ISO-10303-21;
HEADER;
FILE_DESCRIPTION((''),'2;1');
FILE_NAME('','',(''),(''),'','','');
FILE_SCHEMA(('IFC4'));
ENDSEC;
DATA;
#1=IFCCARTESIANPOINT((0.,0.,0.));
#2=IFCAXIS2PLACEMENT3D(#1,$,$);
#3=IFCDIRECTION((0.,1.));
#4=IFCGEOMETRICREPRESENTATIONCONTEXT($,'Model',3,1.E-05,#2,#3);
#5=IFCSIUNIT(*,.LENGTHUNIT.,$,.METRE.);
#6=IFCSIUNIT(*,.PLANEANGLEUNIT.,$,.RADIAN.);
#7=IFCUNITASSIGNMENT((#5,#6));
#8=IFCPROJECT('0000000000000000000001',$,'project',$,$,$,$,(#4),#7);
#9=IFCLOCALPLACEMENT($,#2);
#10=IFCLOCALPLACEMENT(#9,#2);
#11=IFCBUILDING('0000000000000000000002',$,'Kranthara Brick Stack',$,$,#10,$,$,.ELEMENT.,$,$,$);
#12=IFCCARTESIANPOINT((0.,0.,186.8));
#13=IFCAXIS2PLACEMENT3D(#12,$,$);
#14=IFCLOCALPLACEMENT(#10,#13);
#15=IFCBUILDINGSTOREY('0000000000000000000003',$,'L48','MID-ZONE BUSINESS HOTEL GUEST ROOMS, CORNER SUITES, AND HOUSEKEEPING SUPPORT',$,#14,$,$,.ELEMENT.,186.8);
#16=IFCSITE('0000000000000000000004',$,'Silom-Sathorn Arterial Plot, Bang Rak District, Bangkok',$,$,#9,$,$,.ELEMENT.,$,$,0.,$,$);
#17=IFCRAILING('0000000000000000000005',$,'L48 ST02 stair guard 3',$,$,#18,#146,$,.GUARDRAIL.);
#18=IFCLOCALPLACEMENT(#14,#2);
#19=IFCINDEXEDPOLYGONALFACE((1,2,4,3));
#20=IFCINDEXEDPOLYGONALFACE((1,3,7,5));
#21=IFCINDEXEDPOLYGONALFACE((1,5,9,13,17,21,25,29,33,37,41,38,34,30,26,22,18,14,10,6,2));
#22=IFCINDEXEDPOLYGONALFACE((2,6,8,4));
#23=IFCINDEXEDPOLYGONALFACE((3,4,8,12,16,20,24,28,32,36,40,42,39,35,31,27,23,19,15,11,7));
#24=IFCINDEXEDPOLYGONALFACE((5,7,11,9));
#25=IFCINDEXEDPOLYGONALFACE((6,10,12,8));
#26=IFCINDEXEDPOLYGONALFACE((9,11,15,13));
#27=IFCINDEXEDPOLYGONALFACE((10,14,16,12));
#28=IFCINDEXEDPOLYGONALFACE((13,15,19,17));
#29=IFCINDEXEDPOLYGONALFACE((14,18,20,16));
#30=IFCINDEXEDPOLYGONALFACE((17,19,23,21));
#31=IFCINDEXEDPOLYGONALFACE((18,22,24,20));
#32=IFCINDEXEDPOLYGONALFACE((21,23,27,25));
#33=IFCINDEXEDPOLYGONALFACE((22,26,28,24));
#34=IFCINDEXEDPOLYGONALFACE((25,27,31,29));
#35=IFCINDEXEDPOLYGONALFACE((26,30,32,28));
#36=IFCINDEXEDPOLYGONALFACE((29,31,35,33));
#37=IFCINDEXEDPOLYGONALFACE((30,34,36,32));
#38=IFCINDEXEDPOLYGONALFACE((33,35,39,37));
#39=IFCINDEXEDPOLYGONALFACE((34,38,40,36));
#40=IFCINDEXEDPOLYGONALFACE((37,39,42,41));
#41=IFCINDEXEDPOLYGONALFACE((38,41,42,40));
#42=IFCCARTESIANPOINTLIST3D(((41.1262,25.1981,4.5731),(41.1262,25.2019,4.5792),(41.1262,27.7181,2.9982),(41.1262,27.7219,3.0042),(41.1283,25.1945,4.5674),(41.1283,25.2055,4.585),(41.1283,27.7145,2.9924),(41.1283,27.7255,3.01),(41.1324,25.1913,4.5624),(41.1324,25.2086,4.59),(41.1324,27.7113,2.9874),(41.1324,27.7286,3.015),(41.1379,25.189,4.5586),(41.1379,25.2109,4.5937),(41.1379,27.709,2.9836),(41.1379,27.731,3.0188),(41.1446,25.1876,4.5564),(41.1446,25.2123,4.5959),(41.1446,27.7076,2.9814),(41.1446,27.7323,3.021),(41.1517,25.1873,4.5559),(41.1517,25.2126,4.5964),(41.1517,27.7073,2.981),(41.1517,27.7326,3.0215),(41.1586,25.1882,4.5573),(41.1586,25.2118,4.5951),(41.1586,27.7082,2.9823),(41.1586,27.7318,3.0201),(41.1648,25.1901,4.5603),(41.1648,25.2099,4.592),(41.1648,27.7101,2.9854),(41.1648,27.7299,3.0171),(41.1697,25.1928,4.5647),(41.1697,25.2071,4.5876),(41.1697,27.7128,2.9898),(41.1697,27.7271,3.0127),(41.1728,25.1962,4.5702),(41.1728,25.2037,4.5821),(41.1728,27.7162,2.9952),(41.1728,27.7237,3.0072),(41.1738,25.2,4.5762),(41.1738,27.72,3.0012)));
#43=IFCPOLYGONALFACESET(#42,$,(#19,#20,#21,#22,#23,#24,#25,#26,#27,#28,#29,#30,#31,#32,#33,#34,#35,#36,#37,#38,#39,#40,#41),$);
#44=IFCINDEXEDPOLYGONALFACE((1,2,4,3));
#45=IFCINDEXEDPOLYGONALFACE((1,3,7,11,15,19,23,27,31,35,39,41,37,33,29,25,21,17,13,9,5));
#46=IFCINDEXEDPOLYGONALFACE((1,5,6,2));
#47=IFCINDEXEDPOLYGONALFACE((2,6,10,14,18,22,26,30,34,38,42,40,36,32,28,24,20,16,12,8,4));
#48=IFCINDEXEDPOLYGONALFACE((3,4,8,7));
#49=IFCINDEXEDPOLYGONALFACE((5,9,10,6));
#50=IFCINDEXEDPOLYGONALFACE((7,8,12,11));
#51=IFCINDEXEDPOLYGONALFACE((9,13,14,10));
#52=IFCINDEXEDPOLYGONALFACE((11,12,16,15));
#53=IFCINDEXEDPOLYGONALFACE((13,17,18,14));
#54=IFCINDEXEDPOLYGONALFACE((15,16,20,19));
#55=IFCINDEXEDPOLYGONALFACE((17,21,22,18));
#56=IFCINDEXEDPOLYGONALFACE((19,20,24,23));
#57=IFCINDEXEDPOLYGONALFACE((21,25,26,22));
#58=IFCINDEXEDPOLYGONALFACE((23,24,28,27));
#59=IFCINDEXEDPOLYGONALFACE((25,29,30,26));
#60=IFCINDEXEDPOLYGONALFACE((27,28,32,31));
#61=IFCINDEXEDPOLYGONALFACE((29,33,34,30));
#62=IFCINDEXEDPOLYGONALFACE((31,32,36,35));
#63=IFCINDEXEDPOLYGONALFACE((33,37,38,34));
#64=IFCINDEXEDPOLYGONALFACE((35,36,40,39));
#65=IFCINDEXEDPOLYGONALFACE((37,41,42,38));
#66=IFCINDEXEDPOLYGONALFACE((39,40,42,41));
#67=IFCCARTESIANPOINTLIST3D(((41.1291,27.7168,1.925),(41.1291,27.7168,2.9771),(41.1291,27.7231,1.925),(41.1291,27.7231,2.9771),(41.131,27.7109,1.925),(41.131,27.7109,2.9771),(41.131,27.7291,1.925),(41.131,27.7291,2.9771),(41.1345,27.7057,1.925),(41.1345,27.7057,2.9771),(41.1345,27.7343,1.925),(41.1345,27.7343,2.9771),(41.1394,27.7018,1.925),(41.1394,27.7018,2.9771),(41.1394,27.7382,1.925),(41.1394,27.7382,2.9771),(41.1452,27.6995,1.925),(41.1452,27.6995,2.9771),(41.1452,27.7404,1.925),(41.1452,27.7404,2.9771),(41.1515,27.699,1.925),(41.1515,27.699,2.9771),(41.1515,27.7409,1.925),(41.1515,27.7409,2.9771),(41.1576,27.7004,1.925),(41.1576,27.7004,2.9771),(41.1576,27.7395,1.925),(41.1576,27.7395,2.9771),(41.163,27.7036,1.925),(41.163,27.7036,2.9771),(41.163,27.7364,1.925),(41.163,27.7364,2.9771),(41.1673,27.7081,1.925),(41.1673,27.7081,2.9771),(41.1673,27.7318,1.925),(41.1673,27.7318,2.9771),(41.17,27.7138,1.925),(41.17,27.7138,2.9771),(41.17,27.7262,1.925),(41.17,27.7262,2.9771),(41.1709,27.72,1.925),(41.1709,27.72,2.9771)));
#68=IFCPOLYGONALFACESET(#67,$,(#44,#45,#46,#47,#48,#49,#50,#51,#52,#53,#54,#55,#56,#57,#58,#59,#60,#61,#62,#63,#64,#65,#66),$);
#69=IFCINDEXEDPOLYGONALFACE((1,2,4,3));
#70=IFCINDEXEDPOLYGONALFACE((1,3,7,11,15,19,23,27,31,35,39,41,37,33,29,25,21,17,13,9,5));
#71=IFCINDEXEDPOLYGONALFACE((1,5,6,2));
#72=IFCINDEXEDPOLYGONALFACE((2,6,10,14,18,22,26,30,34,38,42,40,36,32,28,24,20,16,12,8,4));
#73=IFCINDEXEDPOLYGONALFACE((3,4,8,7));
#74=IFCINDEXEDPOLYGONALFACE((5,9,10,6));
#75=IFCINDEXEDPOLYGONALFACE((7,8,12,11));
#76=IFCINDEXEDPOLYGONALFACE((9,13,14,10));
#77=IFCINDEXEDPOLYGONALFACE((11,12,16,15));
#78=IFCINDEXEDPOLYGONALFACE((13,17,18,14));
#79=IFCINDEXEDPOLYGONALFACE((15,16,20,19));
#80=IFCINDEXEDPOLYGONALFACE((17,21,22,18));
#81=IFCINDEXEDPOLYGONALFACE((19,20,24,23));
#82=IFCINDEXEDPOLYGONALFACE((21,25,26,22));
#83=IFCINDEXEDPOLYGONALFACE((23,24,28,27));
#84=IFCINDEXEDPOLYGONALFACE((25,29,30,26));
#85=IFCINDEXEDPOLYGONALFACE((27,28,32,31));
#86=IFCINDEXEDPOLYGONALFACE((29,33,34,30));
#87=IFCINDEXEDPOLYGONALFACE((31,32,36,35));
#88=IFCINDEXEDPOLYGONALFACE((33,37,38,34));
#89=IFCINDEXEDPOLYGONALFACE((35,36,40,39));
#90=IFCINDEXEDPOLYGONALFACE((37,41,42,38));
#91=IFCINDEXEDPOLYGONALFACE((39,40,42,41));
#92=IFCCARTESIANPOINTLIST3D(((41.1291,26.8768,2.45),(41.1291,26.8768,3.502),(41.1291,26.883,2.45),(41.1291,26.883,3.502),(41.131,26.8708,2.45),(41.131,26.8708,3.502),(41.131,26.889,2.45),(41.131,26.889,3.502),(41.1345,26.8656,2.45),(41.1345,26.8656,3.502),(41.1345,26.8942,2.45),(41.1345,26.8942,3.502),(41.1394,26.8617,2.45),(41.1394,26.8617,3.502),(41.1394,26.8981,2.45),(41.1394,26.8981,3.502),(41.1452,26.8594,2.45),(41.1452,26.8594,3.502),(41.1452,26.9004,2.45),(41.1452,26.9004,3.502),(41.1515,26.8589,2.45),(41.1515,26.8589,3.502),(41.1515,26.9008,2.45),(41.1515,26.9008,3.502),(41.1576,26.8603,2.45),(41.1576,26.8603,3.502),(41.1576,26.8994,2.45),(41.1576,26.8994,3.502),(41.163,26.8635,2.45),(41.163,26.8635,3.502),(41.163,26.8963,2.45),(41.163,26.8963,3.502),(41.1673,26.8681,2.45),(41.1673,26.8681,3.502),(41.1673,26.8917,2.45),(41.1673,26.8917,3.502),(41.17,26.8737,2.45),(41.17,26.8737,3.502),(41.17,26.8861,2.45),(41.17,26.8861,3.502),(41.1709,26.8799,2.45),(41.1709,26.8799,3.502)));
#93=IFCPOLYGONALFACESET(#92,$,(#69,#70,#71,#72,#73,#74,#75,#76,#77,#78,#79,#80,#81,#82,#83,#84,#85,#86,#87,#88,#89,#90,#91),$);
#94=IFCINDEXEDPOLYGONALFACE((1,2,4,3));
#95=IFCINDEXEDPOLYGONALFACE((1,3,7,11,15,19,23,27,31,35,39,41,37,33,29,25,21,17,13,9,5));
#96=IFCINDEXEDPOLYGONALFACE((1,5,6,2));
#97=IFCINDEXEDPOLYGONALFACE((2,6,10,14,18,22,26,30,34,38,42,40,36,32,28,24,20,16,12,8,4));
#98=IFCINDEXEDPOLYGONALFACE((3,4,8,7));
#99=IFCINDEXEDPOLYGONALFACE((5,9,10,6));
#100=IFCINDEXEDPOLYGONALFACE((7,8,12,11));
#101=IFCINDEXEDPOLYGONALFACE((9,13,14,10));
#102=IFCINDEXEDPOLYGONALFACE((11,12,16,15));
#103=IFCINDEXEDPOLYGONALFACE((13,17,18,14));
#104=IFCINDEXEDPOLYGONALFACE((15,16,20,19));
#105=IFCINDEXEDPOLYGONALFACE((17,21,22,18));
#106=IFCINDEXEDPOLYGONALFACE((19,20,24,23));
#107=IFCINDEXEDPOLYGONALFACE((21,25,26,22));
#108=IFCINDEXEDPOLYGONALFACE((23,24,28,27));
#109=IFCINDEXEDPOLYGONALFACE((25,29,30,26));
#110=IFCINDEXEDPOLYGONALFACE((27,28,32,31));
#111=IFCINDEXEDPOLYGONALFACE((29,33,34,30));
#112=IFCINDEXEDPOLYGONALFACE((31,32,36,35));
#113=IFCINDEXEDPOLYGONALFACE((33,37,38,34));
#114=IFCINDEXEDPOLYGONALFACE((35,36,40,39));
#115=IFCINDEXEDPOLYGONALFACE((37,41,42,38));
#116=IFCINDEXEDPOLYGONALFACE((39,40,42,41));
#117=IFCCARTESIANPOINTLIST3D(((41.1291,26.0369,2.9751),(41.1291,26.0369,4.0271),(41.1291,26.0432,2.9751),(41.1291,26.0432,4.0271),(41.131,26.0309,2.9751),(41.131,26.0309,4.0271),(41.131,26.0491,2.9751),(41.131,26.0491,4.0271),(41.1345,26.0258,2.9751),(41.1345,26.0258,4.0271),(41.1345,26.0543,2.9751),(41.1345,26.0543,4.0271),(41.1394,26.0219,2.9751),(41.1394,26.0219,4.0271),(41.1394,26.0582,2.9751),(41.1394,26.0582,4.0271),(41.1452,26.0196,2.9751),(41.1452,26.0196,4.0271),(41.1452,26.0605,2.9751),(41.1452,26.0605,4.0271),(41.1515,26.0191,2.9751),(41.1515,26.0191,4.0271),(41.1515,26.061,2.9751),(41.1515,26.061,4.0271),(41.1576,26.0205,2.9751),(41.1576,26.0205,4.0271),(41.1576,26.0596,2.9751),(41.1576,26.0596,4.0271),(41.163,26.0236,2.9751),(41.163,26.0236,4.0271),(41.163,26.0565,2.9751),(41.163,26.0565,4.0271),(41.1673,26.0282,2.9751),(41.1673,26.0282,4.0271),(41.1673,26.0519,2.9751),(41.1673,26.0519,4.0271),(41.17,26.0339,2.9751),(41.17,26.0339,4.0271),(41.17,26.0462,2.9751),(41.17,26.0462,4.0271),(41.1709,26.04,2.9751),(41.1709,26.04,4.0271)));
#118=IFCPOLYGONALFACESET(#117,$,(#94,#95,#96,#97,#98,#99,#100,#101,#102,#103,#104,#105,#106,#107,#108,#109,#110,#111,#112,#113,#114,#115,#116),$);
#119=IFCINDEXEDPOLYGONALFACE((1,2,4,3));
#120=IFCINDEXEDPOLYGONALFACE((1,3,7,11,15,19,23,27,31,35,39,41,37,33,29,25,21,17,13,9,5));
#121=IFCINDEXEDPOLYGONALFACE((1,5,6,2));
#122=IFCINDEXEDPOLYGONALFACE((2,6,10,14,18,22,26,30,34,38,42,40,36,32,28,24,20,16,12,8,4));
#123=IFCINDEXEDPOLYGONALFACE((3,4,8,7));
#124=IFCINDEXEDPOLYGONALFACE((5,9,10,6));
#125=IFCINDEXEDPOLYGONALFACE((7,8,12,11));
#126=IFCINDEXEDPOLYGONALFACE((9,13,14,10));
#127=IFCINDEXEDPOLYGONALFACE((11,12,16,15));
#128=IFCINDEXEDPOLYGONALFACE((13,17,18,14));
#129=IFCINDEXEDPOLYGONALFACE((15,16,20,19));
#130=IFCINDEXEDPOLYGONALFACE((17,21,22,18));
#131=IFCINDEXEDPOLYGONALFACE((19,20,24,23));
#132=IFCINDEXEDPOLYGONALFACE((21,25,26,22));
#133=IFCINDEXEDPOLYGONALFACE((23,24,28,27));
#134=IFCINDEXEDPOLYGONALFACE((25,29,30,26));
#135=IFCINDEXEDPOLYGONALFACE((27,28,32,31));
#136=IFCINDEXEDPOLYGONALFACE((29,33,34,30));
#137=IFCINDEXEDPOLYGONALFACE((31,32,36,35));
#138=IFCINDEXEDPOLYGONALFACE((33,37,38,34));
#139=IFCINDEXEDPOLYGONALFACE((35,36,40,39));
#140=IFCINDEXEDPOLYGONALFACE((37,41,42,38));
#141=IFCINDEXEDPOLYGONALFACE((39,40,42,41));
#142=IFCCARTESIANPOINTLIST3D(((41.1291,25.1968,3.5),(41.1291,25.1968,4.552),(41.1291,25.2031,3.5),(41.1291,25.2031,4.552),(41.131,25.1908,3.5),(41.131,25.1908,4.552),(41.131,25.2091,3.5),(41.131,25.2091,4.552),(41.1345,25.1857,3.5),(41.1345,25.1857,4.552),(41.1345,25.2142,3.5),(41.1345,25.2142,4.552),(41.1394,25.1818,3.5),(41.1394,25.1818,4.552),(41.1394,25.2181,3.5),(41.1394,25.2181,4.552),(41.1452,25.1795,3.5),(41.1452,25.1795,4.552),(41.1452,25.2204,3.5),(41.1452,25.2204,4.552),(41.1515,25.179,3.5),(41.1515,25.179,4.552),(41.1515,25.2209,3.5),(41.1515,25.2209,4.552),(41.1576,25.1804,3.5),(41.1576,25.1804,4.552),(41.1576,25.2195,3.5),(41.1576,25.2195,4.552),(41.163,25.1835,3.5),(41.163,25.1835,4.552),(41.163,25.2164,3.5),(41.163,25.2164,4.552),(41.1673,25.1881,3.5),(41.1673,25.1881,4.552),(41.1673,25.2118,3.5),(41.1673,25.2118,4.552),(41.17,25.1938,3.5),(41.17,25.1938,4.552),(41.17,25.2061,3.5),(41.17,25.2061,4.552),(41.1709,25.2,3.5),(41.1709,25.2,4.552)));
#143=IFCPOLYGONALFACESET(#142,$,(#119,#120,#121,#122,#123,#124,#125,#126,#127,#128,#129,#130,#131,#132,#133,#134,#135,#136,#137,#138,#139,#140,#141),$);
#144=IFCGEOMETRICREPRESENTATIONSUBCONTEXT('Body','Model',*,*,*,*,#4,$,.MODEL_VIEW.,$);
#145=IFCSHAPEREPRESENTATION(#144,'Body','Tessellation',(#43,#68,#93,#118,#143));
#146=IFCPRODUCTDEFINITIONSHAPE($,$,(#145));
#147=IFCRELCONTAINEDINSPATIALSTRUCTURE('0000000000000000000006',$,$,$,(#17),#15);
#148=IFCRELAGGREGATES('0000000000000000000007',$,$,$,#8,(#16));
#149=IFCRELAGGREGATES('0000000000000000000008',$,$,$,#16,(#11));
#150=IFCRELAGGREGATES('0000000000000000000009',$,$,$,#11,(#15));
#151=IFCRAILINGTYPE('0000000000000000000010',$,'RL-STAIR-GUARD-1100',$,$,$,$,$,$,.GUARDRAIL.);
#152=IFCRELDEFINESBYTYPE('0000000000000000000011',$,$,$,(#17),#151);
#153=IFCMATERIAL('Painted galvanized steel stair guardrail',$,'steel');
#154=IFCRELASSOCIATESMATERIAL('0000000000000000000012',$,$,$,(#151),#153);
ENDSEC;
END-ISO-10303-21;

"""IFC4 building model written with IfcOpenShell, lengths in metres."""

from ifc_helpers import new_model, si_unit, direction, frame, origin, origin_2d, place, context, subcontext, project, spatial, circle, extrude, material, type_object, element, save


model = new_model("IFC4")

# Units and contexts
model_context = context("Model", 3, precision=1e-05, world=origin(), true_north=direction((0.0, 1.0)))
body_context = subcontext(model_context, "Body", "Model", "MODEL_VIEW")
ifc_project = project(units=[si_unit("LENGTHUNIT", "METRE"), si_unit("PLANEANGLEUNIT", "RADIAN")], contexts=[model_context])

# Site, building, storey
site_placement = place(None, origin())
site = spatial("IfcSite", under=ifc_project, at=site_placement, Name="Silom-Sathorn Arterial Plot, Bang Rak District, Bangkok", CompositionType="ELEMENT", RefElevation=0.0)
building_placement = place(site_placement, origin())
building = spatial("IfcBuilding", under=site, at=building_placement, Name="Kranthara Brick Stack", CompositionType="ELEMENT")
storey_placement = place(building_placement, frame((0.0, 0.0, 186.8)))
storey = spatial("IfcBuildingStorey", under=building, at=storey_placement, Name="L48", Description="MID-ZONE BUSINESS HOTEL GUEST ROOMS, CORNER SUITES, AND HOUSEKEEPING SUPPORT", CompositionType="ELEMENT", Elevation=186.8)

# Railing
ifc_material_1 = material(Name="Painted galvanized steel stair guardrail", Category="steel")
railing_type_1 = type_object("IfcRailingType", Name="RL-STAIR-GUARD-1100", PredefinedType="GUARDRAIL", material=ifc_material_1)
railing_1_placement = place(storey_placement, frame((41.1499, 27.72, 1.925)))
element("IfcRailing", 1, at=railing_1_placement, inside=storey, type_object=railing_type_1, Name="L48 ST02 stair guard 3", PredefinedType="GUARDRAIL", context=body_context, shape_type="SweptSolid", body=[
    extrude(circle(Radius=0.0239, at=origin_2d()), frame((0.0, 0.0, 1.0762), z_axis=(0.0, -0.848008, 0.529984), x_axis=(1.0, 0.0, 0.0)), (0.0, 0.0, 1.0), 2.9717),
    extrude(circle(Radius=0.021, at=origin_2d()), origin(), (0.0, 0.0, 1.0), 1.052),
    extrude(circle(Radius=0.021, at=origin_2d()), frame((0.0, -0.8401, 0.5249)), (0.0, 0.0, 1.0), 1.052),
    extrude(circle(Radius=0.021, at=origin_2d()), frame((0.0, -1.6799, 1.05)), (0.0, 0.0, 1.0), 1.052),
    extrude(circle(Radius=0.021, at=origin_2d()), frame((0.0, -2.52, 1.575)), (0.0, 0.0, 1.0), 1.052),
])

save(model, "model.ifc")
